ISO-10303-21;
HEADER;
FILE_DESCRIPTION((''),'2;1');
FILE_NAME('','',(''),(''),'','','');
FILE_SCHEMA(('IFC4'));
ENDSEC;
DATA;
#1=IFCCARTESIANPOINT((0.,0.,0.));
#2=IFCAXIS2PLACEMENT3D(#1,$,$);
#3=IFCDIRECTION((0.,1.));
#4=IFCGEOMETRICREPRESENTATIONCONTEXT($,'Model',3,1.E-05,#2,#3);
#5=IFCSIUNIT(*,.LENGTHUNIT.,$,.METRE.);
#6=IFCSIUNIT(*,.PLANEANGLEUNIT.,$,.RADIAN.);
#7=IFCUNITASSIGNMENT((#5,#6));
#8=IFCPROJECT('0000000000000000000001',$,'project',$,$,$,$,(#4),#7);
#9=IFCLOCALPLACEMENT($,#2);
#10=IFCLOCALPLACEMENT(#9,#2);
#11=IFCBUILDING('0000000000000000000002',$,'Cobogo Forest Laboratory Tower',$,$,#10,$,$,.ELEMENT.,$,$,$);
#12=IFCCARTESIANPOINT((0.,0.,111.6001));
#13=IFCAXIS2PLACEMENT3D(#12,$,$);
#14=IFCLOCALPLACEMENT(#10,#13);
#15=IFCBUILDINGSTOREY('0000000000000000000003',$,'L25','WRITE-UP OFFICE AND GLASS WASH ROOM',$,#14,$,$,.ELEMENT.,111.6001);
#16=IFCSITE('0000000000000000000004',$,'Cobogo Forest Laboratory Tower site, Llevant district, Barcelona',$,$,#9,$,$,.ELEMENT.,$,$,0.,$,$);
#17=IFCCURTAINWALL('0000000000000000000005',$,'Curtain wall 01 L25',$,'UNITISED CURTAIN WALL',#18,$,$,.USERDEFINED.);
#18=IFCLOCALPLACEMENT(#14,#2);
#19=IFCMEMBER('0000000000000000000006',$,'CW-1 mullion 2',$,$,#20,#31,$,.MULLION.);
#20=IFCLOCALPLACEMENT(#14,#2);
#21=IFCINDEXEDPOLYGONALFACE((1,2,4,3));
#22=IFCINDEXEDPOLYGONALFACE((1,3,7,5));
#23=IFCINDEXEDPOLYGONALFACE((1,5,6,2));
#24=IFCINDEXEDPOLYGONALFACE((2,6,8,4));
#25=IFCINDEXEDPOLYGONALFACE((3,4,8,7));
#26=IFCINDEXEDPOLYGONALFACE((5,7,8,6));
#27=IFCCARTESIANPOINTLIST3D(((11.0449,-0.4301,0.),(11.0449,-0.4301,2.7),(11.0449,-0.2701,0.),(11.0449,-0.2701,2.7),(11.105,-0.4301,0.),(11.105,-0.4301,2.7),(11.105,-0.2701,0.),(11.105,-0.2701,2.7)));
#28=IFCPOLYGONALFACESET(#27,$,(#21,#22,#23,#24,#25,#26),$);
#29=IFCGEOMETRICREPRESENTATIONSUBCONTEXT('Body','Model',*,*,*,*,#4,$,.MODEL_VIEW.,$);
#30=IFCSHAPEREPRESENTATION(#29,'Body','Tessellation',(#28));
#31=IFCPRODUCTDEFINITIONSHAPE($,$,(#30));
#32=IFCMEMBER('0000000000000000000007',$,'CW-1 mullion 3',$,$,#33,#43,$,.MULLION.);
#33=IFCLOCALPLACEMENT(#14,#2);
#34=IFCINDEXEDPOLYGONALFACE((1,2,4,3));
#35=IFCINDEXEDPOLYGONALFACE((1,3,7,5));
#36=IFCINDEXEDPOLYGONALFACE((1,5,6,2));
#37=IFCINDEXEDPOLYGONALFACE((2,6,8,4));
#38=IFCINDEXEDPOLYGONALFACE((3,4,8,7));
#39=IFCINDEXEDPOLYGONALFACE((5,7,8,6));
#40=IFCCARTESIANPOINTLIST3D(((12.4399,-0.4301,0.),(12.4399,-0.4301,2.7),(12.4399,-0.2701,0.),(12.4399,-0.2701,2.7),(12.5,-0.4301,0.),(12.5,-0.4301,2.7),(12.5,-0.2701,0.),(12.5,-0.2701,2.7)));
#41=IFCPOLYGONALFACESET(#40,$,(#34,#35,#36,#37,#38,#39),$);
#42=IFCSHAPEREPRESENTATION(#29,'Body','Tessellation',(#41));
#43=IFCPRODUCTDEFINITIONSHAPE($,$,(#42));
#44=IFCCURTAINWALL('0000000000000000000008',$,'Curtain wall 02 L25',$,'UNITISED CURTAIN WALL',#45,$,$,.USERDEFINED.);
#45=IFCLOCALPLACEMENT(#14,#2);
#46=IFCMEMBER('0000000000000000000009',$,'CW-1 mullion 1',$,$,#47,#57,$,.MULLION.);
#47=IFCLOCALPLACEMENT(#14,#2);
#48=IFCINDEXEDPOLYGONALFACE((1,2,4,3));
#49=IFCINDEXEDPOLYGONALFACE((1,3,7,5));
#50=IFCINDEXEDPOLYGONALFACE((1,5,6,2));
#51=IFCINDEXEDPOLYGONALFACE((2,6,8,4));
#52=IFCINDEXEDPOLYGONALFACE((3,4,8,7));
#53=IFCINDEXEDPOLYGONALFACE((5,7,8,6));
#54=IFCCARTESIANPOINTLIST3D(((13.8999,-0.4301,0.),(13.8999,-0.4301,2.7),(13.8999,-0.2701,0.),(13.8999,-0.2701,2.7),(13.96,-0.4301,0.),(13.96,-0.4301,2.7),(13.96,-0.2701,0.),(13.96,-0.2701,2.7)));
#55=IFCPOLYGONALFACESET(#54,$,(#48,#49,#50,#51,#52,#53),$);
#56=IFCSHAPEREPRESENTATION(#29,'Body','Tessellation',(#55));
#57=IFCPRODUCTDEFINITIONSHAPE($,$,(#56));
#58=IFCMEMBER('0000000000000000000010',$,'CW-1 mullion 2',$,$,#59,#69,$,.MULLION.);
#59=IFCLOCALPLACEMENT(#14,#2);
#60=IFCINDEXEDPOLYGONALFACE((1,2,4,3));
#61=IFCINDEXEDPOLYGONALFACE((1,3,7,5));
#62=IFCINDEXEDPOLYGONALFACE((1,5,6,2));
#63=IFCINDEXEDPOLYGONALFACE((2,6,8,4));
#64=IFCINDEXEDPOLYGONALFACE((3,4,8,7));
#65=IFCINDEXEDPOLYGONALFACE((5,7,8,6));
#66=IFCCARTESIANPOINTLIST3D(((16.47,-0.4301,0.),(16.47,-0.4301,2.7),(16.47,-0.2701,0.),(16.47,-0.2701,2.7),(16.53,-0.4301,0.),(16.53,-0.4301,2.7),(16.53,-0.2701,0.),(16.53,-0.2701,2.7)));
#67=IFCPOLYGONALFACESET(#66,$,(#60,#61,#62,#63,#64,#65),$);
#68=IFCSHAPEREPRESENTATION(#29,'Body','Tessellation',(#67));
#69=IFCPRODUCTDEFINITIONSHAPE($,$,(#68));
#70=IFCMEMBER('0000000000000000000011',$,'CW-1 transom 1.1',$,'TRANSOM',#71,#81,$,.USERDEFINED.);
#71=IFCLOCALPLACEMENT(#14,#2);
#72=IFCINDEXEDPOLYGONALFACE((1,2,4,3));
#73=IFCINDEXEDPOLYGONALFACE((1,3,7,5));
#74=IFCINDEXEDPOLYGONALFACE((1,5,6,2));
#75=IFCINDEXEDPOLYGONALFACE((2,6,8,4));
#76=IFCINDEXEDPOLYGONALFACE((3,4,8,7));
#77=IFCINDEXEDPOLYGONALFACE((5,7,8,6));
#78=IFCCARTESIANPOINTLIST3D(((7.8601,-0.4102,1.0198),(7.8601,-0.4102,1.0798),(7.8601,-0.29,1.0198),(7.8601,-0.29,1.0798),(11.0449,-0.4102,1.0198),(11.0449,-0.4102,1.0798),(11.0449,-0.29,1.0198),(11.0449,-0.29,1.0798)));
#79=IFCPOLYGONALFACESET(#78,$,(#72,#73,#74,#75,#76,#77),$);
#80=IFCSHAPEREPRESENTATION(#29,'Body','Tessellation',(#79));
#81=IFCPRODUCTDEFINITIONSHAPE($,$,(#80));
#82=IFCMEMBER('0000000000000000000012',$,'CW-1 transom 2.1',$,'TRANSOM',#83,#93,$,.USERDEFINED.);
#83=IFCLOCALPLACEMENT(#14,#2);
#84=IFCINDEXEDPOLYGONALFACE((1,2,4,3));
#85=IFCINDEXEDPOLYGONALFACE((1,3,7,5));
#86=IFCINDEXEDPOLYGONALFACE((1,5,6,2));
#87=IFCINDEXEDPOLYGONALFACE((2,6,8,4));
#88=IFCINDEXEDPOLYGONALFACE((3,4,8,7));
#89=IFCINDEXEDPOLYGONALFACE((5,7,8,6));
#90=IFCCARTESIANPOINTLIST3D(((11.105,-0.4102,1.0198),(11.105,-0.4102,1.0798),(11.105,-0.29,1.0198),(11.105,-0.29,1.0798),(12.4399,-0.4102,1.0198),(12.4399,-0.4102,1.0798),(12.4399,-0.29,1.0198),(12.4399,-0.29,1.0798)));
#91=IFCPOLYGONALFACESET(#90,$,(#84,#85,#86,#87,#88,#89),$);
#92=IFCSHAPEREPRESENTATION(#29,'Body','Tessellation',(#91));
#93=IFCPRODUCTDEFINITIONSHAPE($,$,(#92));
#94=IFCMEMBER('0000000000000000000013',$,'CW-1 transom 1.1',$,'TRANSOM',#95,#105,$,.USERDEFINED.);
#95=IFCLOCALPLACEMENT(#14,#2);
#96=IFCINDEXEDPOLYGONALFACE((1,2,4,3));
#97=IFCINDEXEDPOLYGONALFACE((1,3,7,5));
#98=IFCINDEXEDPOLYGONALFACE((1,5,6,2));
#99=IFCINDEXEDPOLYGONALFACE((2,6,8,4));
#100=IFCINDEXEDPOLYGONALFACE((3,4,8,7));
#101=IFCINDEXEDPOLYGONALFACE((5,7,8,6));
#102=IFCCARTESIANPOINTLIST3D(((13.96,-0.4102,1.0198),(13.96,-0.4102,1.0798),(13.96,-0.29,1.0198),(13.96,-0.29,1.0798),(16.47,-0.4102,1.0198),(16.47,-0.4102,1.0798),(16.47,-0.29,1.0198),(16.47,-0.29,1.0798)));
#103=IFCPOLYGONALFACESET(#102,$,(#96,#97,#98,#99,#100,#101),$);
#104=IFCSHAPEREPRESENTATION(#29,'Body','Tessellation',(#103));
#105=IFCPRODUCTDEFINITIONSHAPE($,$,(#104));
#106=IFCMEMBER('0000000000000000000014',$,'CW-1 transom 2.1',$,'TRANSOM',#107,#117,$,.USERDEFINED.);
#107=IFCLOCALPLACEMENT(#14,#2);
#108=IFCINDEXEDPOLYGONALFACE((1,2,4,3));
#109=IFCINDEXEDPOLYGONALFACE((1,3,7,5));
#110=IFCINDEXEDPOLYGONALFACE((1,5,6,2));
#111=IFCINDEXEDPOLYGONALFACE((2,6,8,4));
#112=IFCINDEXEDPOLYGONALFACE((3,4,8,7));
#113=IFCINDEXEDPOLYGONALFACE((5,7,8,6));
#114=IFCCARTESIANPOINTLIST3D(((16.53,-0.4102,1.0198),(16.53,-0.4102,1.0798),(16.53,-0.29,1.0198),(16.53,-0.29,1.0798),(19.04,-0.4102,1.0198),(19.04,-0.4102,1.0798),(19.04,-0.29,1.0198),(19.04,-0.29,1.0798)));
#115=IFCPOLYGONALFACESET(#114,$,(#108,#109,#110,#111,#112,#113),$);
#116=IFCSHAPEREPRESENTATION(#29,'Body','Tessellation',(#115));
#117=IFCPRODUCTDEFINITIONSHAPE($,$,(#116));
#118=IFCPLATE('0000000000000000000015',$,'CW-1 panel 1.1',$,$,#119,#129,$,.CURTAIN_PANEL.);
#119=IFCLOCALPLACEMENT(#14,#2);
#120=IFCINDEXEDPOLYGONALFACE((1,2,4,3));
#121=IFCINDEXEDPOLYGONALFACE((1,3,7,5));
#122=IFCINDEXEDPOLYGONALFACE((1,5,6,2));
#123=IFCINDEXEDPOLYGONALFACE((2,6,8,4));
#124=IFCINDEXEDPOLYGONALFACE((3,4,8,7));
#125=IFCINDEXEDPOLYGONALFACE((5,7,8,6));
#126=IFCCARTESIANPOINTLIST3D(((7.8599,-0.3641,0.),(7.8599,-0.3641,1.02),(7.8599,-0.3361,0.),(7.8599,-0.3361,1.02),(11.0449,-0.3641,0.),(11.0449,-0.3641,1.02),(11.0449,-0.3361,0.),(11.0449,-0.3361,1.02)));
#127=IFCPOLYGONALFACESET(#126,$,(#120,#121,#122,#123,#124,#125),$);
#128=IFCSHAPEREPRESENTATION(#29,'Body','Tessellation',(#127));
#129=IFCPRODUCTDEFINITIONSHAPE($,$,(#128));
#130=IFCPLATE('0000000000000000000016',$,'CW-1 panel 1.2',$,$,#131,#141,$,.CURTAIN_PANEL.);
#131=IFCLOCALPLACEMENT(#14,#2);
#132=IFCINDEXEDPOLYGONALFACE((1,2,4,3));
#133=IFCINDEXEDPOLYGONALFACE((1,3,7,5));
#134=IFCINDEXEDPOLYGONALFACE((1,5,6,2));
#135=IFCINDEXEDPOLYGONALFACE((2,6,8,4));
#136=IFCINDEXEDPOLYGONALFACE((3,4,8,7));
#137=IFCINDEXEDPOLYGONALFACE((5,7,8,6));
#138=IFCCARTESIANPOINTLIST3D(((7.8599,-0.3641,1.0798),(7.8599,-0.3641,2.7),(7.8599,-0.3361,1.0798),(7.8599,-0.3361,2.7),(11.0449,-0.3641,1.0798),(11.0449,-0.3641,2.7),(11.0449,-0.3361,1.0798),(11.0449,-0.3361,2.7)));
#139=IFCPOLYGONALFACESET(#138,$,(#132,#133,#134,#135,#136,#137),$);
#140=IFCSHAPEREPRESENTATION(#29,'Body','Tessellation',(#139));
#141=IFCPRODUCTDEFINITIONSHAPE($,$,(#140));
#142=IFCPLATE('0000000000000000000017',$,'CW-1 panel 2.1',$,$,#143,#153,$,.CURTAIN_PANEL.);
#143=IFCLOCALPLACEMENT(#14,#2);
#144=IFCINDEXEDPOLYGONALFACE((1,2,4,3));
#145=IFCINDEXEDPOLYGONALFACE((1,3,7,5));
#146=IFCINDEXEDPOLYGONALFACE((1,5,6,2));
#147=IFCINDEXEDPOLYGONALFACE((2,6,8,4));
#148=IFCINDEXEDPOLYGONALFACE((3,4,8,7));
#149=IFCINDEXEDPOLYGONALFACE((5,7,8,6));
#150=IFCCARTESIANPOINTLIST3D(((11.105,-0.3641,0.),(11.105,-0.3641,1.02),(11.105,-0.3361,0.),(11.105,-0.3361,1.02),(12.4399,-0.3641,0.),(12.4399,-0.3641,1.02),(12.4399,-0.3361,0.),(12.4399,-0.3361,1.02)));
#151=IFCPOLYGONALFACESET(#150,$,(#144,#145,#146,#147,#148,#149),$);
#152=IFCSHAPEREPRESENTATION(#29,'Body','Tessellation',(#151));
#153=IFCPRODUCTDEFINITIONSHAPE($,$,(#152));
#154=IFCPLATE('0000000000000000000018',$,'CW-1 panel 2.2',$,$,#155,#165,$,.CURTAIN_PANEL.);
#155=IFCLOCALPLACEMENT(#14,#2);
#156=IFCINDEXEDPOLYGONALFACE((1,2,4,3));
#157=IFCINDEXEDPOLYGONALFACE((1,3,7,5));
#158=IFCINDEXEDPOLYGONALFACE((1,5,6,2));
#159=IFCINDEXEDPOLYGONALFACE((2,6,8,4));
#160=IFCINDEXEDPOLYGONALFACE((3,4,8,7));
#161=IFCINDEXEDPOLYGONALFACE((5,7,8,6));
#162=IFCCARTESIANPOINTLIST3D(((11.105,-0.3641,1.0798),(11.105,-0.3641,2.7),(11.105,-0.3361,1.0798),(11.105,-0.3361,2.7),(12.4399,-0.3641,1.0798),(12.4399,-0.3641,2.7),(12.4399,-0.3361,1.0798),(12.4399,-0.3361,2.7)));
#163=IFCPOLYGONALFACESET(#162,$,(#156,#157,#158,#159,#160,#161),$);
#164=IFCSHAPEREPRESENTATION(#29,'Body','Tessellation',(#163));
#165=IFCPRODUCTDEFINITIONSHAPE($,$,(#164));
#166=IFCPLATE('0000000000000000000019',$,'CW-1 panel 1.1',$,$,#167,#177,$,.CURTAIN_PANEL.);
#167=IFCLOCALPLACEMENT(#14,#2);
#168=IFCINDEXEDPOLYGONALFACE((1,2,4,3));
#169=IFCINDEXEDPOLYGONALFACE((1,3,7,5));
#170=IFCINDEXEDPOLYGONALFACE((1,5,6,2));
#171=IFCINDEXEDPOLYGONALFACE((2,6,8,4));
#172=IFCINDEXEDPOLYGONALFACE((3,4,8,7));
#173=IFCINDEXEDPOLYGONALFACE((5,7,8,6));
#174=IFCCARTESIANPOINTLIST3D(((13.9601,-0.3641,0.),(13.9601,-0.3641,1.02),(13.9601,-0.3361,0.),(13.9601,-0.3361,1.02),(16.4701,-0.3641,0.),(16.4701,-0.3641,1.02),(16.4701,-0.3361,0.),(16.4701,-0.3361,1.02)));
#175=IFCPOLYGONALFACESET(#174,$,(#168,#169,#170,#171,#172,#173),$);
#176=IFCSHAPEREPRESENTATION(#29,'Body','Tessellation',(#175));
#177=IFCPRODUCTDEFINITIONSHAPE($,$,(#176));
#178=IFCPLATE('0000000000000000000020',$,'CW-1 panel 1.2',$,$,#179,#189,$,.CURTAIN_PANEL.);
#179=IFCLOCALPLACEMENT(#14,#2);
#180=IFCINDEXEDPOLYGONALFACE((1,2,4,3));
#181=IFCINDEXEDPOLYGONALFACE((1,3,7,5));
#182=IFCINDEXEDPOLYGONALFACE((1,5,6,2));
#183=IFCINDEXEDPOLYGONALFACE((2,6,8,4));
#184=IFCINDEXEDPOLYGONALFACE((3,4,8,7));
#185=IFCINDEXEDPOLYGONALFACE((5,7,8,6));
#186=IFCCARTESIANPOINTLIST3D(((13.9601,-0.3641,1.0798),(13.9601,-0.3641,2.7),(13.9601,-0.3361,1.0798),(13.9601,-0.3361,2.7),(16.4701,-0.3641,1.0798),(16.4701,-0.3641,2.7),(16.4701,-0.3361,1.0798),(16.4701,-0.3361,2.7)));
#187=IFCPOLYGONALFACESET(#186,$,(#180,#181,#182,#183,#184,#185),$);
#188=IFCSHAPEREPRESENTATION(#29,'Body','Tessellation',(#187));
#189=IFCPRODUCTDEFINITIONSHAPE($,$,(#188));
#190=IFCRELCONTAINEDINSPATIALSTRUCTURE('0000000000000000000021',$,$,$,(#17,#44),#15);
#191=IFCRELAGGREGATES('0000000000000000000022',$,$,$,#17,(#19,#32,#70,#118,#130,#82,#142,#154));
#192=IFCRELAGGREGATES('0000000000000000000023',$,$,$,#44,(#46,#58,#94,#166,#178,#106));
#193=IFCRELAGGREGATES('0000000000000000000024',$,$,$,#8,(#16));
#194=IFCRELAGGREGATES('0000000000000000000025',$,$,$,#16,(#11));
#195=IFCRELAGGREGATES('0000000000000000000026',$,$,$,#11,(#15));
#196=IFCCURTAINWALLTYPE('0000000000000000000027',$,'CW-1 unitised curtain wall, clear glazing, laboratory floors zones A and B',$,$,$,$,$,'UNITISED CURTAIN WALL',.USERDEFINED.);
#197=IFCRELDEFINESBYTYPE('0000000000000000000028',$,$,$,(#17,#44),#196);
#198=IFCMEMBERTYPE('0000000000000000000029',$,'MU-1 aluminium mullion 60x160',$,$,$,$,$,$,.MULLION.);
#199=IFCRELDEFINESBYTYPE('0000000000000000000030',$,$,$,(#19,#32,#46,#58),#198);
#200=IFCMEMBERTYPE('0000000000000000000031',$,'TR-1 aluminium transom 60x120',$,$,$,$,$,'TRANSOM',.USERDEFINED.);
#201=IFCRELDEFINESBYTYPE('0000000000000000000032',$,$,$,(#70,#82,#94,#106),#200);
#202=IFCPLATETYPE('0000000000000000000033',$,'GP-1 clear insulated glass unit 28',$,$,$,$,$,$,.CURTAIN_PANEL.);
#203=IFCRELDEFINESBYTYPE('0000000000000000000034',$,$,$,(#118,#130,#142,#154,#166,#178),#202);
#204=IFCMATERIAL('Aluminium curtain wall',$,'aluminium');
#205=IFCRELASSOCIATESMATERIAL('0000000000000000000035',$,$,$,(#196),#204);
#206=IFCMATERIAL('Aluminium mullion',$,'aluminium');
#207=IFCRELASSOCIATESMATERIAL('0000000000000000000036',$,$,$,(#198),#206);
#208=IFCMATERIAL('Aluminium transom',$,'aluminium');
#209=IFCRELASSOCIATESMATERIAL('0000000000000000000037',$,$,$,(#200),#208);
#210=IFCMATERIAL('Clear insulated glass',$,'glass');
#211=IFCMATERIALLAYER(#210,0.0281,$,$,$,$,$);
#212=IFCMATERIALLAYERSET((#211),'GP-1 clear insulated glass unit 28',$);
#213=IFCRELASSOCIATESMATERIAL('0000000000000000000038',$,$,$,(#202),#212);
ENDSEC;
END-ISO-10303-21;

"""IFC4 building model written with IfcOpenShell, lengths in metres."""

from ifc_helpers import new_model, si_unit, direction, frame, origin, origin_2d, place, context, subcontext, project, spatial, rectangle, extrude, material, layer, layer_set, material_profile, profile_set, type_object, element, aggregate, save


model = new_model("IFC4")

# Units and contexts
model_context = context("Model", 3, precision=1e-05, world=origin(), true_north=direction((0.0, 1.0)))
body_context = subcontext(model_context, "Body", "Model", "MODEL_VIEW")
ifc_project = project(units=[si_unit("LENGTHUNIT", "METRE"), si_unit("PLANEANGLEUNIT", "RADIAN")], contexts=[model_context])

# Site, building, storey
site_placement = place(None, origin())
site = spatial("IfcSite", under=ifc_project, at=site_placement, Name="Cobogo Forest Laboratory Tower site, Llevant district, Barcelona", CompositionType="ELEMENT", RefElevation=0.0)
building_placement = place(site_placement, origin())
building = spatial("IfcBuilding", under=site, at=building_placement, Name="Cobogo Forest Laboratory Tower", CompositionType="ELEMENT")
storey_placement = place(building_placement, frame((0.0, 0.0, 111.6001)))
storey = spatial("IfcBuildingStorey", under=building, at=storey_placement, Name="L25", Description="WRITE-UP OFFICE AND GLASS WASH ROOM", CompositionType="ELEMENT", Elevation=111.6001)

# Curtain walls, members
ifc_material_1 = material(Name="Aluminium curtain wall", Category="aluminium")
curtain_wall_type = type_object("IfcCurtainWallType", Name="CW-1 unitised curtain wall, clear glazing, laboratory floors zones A and B", ElementType="UNITISED CURTAIN WALL", PredefinedType="USERDEFINED", material=ifc_material_1)
curtain_wall_1_placement = place(storey_placement, origin())
curtain_wall_1 = element("IfcCurtainWall", 1, at=curtain_wall_1_placement, inside=storey, type_object=curtain_wall_type, Name="Curtain wall 01 L25", ObjectType="UNITISED CURTAIN WALL", PredefinedType="USERDEFINED")
ifc_material_2 = material(Name="Aluminium mullion", Category="aluminium")
ifc_material_profile_1 = material_profile(ifc_material_2, rectangle(XDim=0.0601, YDim=0.1599, at=origin_2d()), Name="AL 60x160")
ifc_profile_set_1 = profile_set([ifc_material_profile_1], Name="Aluminium mullion")
member_type_1 = type_object("IfcMemberType", Name="MU-1 aluminium mullion 60x160", PredefinedType="MULLION", material=ifc_profile_set_1)
member_1_placement = place(storey_placement, frame((11.075, -0.3501, 0.0), z_axis=(0.0, 0.0, 1.0), x_axis=(1.0, 0.0, 0.0)))
member_1 = element("IfcMember", 2, at=member_1_placement, type_object=member_type_1, Name="CW-1 mullion 2", PredefinedType="MULLION", context=body_context, shape_type="SweptSolid", body=[
    extrude(rectangle(XDim=0.0601, YDim=0.1599, at=origin_2d()), origin(), (0.0, 0.0, 1.0), 2.7),
])
member_2_placement = place(storey_placement, frame((12.47, -0.3501, 0.0), z_axis=(0.0, 0.0, 1.0), x_axis=(1.0, 0.0, 0.0)))
member_2 = element("IfcMember", 3, at=member_2_placement, type_object=member_type_1, Name="CW-1 mullion 3", PredefinedType="MULLION", context=body_context, shape_type="SweptSolid", body=[
    extrude(rectangle(XDim=0.0601, YDim=0.1599, at=origin_2d()), origin(), (0.0, 0.0, 1.0), 2.7),
])
curtain_wall_2_placement = place(storey_placement, origin())
curtain_wall_2 = element("IfcCurtainWall", 4, at=curtain_wall_2_placement, inside=storey, type_object=curtain_wall_type, Name="Curtain wall 02 L25", ObjectType="UNITISED CURTAIN WALL", PredefinedType="USERDEFINED")
member_3_placement = place(storey_placement, frame((13.9299, -0.3501, 0.0), z_axis=(0.0, 0.0, 1.0), x_axis=(1.0, 0.0, 0.0)))
member_3 = element("IfcMember", 5, at=member_3_placement, type_object=member_type_1, Name="CW-1 mullion 1", PredefinedType="MULLION", context=body_context, shape_type="SweptSolid", body=[
    extrude(rectangle(XDim=0.0601, YDim=0.1599, at=origin_2d()), origin(), (0.0, 0.0, 1.0), 2.7),
])
member_4_placement = place(storey_placement, frame((16.5, -0.3501, 0.0), z_axis=(0.0, 0.0, 1.0), x_axis=(1.0, 0.0, 0.0)))
member_4 = element("IfcMember", 6, at=member_4_placement, type_object=member_type_1, Name="CW-1 mullion 2", PredefinedType="MULLION", context=body_context, shape_type="SweptSolid", body=[
    extrude(rectangle(XDim=0.0601, YDim=0.1599, at=origin_2d()), origin(), (0.0, 0.0, 1.0), 2.7),
])

# Members
ifc_material_3 = material(Name="Aluminium transom", Category="aluminium")
ifc_material_profile_2 = material_profile(ifc_material_3, rectangle(XDim=0.1201, YDim=0.0601, at=origin_2d()), Name="AL 60x120")
ifc_profile_set_2 = profile_set([ifc_material_profile_2], Name="Aluminium transom")
member_type_2 = type_object("IfcMemberType", Name="TR-1 aluminium transom 60x120", ElementType="TRANSOM", PredefinedType="USERDEFINED", material=ifc_profile_set_2)
member_5_placement = place(storey_placement, frame((7.8601, -0.3501, 1.0498), z_axis=(1.0, 0.0, 0.0), x_axis=(0.0, 1.0, 0.0)))
member_5 = element("IfcMember", 7, at=member_5_placement, type_object=member_type_2, Name="CW-1 transom 1.1", ObjectType="TRANSOM", PredefinedType="USERDEFINED", context=body_context, shape_type="SweptSolid", body=[
    extrude(rectangle(XDim=0.1201, YDim=0.0601, at=origin_2d()), origin(), (0.0, 0.0, 1.0), 3.1848),
])
member_6_placement = place(storey_placement, frame((11.105, -0.3501, 1.0498), z_axis=(1.0, 0.0, 0.0), x_axis=(0.0, 1.0, 0.0)))
member_6 = element("IfcMember", 8, at=member_6_placement, type_object=member_type_2, Name="CW-1 transom 2.1", ObjectType="TRANSOM", PredefinedType="USERDEFINED", context=body_context, shape_type="SweptSolid", body=[
    extrude(rectangle(XDim=0.1201, YDim=0.0601, at=origin_2d()), origin(), (0.0, 0.0, 1.0), 1.335),
])
member_7_placement = place(storey_placement, frame((13.96, -0.3501, 1.0498), z_axis=(1.0, 0.0, 0.0), x_axis=(0.0, 1.0, 0.0)))
member_7 = element("IfcMember", 9, at=member_7_placement, type_object=member_type_2, Name="CW-1 transom 1.1", ObjectType="TRANSOM", PredefinedType="USERDEFINED", context=body_context, shape_type="SweptSolid", body=[
    extrude(rectangle(XDim=0.1201, YDim=0.0601, at=origin_2d()), origin(), (0.0, 0.0, 1.0), 2.51),
])
member_8_placement = place(storey_placement, frame((16.53, -0.3501, 1.0498), z_axis=(1.0, 0.0, 0.0), x_axis=(0.0, 1.0, 0.0)))
member_8 = element("IfcMember", 10, at=member_8_placement, type_object=member_type_2, Name="CW-1 transom 2.1", ObjectType="TRANSOM", PredefinedType="USERDEFINED", context=body_context, shape_type="SweptSolid", body=[
    extrude(rectangle(XDim=0.1201, YDim=0.0601, at=origin_2d()), origin(), (0.0, 0.0, 1.0), 2.51),
])

# Plates
ifc_material_4 = material(Name="Clear insulated glass", Category="glass")
ifc_layer = layer(ifc_material_4, 0.0281)
ifc_layer_set = layer_set([ifc_layer], Name="GP-1 clear insulated glass unit 28")
plate_type_1 = type_object("IfcPlateType", Name="GP-1 clear insulated glass unit 28", PredefinedType="CURTAIN_PANEL", material=ifc_layer_set)
plate_1_placement = place(storey_placement, frame((9.4524, -0.3501, 0.0), z_axis=(0.0, 0.0, 1.0), x_axis=(1.0, 0.0, 0.0)))
plate_1 = element("IfcPlate", 11, at=plate_1_placement, type_object=plate_type_1, Name="CW-1 panel 1.1", PredefinedType="CURTAIN_PANEL", context=body_context, shape_type="SweptSolid", body=[
    extrude(rectangle(XDim=3.1851, YDim=0.0281, at=origin_2d()), origin(), (0.0, 0.0, 1.0), 1.02),
])
plate_2_placement = place(storey_placement, frame((9.4524, -0.3501, 1.0798), z_axis=(0.0, 0.0, 1.0), x_axis=(1.0, 0.0, 0.0)))
plate_2 = element("IfcPlate", 12, at=plate_2_placement, type_object=plate_type_1, Name="CW-1 panel 1.2", PredefinedType="CURTAIN_PANEL", context=body_context, shape_type="SweptSolid", body=[
    extrude(rectangle(XDim=3.1851, YDim=0.0281, at=origin_2d()), origin(), (0.0, 0.0, 1.0), 1.6201),
])
plate_3_placement = place(storey_placement, frame((11.7725, -0.3501, 0.0), z_axis=(0.0, 0.0, 1.0), x_axis=(1.0, 0.0, 0.0)))
plate_3 = element("IfcPlate", 13, at=plate_3_placement, type_object=plate_type_1, Name="CW-1 panel 2.1", PredefinedType="CURTAIN_PANEL", context=body_context, shape_type="SweptSolid", body=[
    extrude(rectangle(XDim=1.335, YDim=0.0281, at=origin_2d()), origin(), (0.0, 0.0, 1.0), 1.02),
])
plate_4_placement = place(storey_placement, frame((11.7725, -0.3501, 1.0798), z_axis=(0.0, 0.0, 1.0), x_axis=(1.0, 0.0, 0.0)))
plate_4 = element("IfcPlate", 14, at=plate_4_placement, type_object=plate_type_1, Name="CW-1 panel 2.2", PredefinedType="CURTAIN_PANEL", context=body_context, shape_type="SweptSolid", body=[
    extrude(rectangle(XDim=1.335, YDim=0.0281, at=origin_2d()), origin(), (0.0, 0.0, 1.0), 1.6201),
])
aggregate(curtain_wall_1, [member_1, member_2, member_5, plate_1, plate_2, member_6, plate_3, plate_4])
plate_5_placement = place(storey_placement, frame((15.2151, -0.3501, 0.0), z_axis=(0.0, 0.0, 1.0), x_axis=(1.0, 0.0, 0.0)))
plate_5 = element("IfcPlate", 15, at=plate_5_placement, type_object=plate_type_1, Name="CW-1 panel 1.1", PredefinedType="CURTAIN_PANEL", context=body_context, shape_type="SweptSolid", body=[
    extrude(rectangle(XDim=2.51, YDim=0.0281, at=origin_2d()), origin(), (0.0, 0.0, 1.0), 1.02),
])
plate_6_placement = place(storey_placement, frame((15.2151, -0.3501, 1.0798), z_axis=(0.0, 0.0, 1.0), x_axis=(1.0, 0.0, 0.0)))
plate_6 = element("IfcPlate", 16, at=plate_6_placement, type_object=plate_type_1, Name="CW-1 panel 1.2", PredefinedType="CURTAIN_PANEL", context=body_context, shape_type="SweptSolid", body=[
    extrude(rectangle(XDim=2.51, YDim=0.0281, at=origin_2d()), origin(), (0.0, 0.0, 1.0), 1.6201),
])
aggregate(curtain_wall_2, [member_3, member_4, member_7, plate_5, plate_6, member_8])

save(model, "model.ifc")
